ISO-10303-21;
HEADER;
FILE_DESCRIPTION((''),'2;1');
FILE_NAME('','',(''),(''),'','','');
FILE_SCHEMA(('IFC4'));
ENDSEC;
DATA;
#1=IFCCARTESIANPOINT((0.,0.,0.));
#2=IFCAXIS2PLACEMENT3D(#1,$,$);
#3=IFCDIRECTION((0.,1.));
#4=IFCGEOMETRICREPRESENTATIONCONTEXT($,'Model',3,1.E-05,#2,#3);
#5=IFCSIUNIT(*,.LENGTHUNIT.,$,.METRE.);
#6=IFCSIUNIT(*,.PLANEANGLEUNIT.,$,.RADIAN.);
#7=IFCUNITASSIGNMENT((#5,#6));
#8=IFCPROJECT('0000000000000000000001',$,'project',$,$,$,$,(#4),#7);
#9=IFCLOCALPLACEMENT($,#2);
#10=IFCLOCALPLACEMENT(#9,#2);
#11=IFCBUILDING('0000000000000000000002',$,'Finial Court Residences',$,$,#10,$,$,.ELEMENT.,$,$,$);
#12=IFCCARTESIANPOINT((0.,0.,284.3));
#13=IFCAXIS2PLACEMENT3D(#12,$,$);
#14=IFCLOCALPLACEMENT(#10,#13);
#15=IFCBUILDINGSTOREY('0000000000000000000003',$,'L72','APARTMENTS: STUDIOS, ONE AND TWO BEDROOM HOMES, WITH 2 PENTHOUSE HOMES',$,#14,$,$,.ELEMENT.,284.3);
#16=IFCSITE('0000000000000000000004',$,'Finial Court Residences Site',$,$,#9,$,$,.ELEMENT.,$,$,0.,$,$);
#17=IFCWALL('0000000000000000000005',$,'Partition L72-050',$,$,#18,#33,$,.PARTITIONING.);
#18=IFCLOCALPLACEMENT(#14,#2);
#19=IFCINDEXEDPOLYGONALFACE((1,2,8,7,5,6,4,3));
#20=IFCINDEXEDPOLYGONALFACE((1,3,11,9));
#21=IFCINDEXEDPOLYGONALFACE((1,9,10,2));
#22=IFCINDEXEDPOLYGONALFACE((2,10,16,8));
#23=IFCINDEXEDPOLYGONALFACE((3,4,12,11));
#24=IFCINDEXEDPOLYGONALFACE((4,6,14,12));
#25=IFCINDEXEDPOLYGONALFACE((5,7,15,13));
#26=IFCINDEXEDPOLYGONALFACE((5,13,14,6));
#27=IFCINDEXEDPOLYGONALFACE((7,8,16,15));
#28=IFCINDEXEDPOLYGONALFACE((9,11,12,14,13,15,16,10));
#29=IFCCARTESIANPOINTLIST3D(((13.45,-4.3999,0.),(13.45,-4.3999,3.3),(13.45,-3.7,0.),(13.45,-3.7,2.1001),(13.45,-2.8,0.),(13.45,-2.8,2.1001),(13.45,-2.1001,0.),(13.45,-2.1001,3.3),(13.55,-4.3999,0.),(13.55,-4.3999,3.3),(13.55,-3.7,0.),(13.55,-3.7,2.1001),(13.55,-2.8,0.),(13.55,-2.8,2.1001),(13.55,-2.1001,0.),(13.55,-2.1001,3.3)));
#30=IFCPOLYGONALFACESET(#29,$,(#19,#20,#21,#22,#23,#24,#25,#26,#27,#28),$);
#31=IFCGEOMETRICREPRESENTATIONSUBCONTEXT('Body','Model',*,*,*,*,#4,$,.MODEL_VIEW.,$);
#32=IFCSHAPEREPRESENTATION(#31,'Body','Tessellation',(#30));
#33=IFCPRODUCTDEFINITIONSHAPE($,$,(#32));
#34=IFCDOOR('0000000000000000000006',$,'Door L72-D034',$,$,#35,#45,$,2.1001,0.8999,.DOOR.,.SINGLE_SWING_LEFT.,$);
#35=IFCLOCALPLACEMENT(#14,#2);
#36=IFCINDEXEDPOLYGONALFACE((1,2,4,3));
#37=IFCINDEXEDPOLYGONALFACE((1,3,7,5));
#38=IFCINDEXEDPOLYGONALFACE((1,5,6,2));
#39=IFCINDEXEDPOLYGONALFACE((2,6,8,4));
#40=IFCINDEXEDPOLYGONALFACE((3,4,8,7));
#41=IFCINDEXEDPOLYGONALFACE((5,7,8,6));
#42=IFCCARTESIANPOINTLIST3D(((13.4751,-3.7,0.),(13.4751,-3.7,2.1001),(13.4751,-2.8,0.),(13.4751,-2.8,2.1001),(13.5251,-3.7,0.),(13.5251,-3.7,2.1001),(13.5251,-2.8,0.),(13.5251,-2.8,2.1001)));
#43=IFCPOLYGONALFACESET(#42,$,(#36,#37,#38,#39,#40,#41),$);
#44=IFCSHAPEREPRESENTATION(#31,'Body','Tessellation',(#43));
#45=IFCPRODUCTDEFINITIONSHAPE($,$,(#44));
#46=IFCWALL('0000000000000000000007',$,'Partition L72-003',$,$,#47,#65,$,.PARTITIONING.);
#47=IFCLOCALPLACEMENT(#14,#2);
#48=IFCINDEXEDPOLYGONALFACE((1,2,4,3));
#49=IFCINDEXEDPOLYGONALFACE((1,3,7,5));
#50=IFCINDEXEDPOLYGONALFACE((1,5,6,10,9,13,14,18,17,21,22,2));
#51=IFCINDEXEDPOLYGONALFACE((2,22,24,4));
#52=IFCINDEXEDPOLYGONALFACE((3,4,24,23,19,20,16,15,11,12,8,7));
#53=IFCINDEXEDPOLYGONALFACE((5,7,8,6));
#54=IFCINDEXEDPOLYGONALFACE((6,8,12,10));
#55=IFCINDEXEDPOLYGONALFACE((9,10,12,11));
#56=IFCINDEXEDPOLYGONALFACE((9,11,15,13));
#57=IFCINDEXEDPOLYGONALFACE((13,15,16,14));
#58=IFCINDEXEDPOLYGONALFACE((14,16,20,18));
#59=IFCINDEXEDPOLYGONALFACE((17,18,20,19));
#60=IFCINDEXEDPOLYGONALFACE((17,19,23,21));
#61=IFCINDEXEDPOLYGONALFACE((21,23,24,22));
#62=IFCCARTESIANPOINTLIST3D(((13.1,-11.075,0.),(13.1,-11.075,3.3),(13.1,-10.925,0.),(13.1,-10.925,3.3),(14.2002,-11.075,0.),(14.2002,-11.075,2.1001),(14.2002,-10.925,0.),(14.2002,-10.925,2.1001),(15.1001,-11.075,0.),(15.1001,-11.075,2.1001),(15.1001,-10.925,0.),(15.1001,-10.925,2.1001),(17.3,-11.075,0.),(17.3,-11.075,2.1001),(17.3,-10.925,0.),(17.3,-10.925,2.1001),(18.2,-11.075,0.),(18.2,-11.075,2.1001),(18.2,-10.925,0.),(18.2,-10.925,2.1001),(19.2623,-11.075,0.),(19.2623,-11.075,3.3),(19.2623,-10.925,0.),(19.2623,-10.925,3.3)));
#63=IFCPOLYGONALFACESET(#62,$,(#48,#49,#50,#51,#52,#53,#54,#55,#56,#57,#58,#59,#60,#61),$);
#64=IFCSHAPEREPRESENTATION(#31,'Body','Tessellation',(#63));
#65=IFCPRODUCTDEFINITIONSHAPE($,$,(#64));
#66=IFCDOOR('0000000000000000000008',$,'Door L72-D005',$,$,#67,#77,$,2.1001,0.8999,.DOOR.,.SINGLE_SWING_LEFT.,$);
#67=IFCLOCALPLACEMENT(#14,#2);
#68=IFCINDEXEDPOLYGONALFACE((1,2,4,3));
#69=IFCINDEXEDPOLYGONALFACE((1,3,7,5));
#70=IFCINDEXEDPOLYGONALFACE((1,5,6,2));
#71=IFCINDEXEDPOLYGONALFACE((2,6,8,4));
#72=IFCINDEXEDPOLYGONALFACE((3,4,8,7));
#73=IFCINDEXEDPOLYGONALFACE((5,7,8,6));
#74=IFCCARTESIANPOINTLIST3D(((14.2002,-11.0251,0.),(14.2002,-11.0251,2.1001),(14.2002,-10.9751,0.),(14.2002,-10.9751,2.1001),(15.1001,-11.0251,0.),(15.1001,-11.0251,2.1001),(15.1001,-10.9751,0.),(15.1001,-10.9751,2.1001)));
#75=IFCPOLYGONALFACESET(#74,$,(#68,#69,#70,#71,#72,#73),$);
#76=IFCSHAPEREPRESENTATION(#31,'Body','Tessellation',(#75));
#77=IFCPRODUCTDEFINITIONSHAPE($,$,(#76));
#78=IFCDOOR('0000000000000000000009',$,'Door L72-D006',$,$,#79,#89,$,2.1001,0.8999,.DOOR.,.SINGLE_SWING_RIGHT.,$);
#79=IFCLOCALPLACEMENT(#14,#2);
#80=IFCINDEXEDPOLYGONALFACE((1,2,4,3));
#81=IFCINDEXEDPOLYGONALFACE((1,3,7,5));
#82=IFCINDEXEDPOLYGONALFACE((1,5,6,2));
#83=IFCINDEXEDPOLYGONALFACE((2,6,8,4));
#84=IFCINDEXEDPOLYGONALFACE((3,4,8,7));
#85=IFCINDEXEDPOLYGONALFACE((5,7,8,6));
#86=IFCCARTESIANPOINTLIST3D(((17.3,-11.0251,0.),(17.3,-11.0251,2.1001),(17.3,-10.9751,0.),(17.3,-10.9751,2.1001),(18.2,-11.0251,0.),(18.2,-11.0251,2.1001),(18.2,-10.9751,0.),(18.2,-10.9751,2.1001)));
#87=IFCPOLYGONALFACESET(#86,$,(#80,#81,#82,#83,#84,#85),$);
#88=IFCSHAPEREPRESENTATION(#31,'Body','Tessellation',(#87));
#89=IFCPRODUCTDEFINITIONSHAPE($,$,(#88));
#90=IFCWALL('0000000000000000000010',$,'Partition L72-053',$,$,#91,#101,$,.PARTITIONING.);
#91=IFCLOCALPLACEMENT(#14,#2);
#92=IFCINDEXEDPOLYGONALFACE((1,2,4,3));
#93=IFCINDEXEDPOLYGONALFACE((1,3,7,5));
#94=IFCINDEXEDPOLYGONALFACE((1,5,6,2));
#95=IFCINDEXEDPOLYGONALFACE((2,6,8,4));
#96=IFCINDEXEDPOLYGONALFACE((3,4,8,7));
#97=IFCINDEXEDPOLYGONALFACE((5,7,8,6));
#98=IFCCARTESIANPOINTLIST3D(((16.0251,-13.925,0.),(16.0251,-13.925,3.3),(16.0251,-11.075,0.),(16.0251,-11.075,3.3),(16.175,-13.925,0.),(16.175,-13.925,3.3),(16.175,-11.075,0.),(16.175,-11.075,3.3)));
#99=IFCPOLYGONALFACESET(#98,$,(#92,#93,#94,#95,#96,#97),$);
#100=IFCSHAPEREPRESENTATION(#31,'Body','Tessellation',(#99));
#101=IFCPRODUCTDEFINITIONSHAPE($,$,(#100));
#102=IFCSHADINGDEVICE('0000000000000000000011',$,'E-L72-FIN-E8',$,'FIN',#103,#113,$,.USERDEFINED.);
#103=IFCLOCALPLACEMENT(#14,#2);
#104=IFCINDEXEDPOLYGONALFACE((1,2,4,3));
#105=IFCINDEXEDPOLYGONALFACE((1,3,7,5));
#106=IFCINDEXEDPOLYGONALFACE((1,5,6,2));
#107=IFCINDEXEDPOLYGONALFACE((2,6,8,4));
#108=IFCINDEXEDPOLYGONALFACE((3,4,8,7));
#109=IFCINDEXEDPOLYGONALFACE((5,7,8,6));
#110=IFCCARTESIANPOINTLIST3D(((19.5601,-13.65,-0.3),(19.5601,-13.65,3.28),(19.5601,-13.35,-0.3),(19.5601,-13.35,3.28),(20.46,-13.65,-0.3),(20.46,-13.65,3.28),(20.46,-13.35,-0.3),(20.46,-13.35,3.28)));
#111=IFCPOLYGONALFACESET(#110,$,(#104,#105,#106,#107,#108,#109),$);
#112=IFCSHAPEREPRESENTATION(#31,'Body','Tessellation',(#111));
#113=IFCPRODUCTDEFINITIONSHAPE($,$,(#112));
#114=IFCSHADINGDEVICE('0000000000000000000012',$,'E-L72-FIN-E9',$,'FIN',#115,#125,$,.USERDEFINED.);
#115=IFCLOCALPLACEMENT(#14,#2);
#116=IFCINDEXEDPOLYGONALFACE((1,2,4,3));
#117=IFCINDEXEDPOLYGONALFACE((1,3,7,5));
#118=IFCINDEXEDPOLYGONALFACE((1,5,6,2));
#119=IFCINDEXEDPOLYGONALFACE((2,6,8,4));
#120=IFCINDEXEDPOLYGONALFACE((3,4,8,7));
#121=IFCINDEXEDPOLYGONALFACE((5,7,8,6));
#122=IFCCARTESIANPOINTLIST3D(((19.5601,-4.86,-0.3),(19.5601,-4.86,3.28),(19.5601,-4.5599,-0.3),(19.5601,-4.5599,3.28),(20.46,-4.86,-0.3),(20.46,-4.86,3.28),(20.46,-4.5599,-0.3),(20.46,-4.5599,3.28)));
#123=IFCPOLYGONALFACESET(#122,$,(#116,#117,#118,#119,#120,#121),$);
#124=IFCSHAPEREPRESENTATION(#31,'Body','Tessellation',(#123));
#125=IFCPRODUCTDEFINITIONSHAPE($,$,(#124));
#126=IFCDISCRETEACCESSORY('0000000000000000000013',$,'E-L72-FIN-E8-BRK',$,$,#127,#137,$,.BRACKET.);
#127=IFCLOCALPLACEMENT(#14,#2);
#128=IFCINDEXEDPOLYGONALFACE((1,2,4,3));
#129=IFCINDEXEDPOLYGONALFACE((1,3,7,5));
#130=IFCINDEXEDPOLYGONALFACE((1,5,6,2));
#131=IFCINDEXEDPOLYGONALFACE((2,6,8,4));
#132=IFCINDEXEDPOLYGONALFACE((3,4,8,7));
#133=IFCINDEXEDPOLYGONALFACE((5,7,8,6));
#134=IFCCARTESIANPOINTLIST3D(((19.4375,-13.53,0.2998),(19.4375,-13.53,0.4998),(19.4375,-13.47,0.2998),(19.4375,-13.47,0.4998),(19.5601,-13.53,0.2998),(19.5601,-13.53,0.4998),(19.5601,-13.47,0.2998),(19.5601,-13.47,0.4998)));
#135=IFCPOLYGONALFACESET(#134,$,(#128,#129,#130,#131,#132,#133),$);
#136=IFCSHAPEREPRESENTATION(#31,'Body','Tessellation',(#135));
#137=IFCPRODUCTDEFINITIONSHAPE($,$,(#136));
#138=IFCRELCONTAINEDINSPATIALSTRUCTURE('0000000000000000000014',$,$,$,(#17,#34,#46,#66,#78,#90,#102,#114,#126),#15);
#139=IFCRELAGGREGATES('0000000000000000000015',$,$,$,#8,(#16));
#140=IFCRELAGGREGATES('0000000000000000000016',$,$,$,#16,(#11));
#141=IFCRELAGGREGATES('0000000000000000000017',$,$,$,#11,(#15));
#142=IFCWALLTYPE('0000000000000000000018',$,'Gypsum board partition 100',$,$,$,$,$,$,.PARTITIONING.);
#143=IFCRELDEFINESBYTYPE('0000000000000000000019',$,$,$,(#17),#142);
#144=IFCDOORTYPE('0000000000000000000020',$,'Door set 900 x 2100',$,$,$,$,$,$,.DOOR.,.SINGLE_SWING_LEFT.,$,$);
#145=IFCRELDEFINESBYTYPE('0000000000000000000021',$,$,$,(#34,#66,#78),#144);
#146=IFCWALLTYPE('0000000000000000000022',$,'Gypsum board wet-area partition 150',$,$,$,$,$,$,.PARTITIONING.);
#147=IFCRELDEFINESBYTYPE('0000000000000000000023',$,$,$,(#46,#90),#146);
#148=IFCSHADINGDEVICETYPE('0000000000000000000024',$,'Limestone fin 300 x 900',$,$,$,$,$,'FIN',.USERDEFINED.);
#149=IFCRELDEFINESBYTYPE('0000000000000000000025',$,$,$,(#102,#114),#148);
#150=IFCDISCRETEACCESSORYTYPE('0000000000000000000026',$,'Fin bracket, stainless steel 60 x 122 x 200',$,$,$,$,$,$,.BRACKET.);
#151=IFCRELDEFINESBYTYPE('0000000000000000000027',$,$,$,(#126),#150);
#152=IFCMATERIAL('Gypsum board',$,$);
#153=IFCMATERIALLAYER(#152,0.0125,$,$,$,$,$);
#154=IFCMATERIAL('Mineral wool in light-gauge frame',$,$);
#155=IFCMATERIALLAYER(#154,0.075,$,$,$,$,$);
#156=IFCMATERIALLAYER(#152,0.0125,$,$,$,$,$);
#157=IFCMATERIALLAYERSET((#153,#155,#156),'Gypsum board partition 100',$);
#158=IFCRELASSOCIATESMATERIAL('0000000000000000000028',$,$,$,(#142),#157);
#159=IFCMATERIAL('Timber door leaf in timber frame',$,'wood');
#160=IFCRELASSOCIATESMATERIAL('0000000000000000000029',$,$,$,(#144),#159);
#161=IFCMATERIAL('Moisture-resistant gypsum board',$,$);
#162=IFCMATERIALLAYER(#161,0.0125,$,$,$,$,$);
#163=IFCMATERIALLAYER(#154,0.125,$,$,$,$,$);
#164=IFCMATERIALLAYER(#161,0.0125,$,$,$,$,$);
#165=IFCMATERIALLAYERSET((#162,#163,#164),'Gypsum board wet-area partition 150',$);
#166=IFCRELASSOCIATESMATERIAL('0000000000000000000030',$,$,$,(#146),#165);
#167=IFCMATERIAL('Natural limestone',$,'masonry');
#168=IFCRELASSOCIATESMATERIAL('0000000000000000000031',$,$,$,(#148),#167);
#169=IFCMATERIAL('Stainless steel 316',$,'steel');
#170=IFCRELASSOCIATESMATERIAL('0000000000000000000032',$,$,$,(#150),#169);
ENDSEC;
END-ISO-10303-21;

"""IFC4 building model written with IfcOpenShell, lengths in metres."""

from ifc_helpers import new_model, si_unit, direction, frame, frame_2d, origin, origin_2d, place, context, subcontext, project, spatial, rectangle, extrude, material, layer, layer_set, type_object, element, fill, save


model = new_model("IFC4")

# Units and contexts
model_context = context("Model", 3, precision=1e-05, world=origin(), true_north=direction((0.0, 1.0)))
body_context = subcontext(model_context, "Body", "Model", "MODEL_VIEW")
ifc_project = project(units=[si_unit("LENGTHUNIT", "METRE"), si_unit("PLANEANGLEUNIT", "RADIAN")], contexts=[model_context])

# Site, building, storey
site_placement = place(None, origin())
site = spatial("IfcSite", under=ifc_project, at=site_placement, Name="Finial Court Residences Site", CompositionType="ELEMENT", RefElevation=0.0)
building_placement = place(site_placement, origin())
building = spatial("IfcBuilding", under=site, at=building_placement, Name="Finial Court Residences", CompositionType="ELEMENT")
storey_placement = place(building_placement, frame((0.0, 0.0, 284.3)))
storey = spatial("IfcBuildingStorey", under=building, at=storey_placement, Name="L72", Description="APARTMENTS: STUDIOS, ONE AND TWO BEDROOM HOMES, WITH 2 PENTHOUSE HOMES", CompositionType="ELEMENT", Elevation=284.3)

# Wall, opening, door
ifc_material_1 = material(Name="Gypsum board")
ifc_layer_1 = layer(ifc_material_1, 0.0125)
ifc_material_2 = material(Name="Mineral wool in light-gauge frame")
ifc_layer_2 = layer(ifc_material_2, 0.075)
ifc_layer_3 = layer(ifc_material_1, 0.0125)
ifc_layer_set_1 = layer_set([ifc_layer_1, ifc_layer_2, ifc_layer_3], Name="Gypsum board partition 100")
wall_type_1 = type_object("IfcWallType", Name="Gypsum board partition 100", PredefinedType="PARTITIONING", material=ifc_layer_set_1)
wall_1_placement = place(storey_placement, frame((13.5, -4.3999, 0.0), z_axis=(0.0, 0.0, 1.0), x_axis=(0.0, 1.0, 0.0)))
wall_1 = element("IfcWall", 1, at=wall_1_placement, inside=storey, type_object=wall_type_1, Name="Partition L72-050", PredefinedType="PARTITIONING", context=body_context, shape_type="SweptSolid", body=[
    extrude(rectangle(XDim=2.2998, YDim=0.1001, at=frame_2d((1.1499, 0.0))), origin(), (0.0, 0.0, 1.0), 3.3),
])
opening_1_placement = place(wall_1_placement, frame((0.7, 0.0, 0.0)))
opening_1 = element("IfcOpeningElement", 2, at=opening_1_placement, cuts=wall_1, PredefinedType="OPENING", context=body_context, shape_type="SweptSolid", body=[
    extrude(rectangle(XDim=0.8999, YDim=2.1001, at=frame_2d((0.45, 1.05))), frame((0.0, 0.0601, 0.0), z_axis=(0.0, -1.0, 0.0), x_axis=(1.0, 0.0, 0.0)), (0.0, 0.0, 1.0), 0.1201),
])
ifc_material_3 = material(Name="Timber door leaf in timber frame", Category="wood")
door_type_1 = type_object("IfcDoorType", Name="Door set 900 x 2100", OperationType="SINGLE_SWING_LEFT", PredefinedType="DOOR", material=ifc_material_3)
door_1_placement = place(opening_1_placement, origin())
door_1 = element("IfcDoor", 3, at=door_1_placement, inside=storey, type_object=door_type_1, Name="Door L72-D034", OperationType="SINGLE_SWING_LEFT", OverallHeight=2.1001, OverallWidth=0.8999, PredefinedType="DOOR", context=body_context, shape_type="SweptSolid", body=[
    extrude(rectangle(XDim=0.8999, YDim=2.1001, at=frame_2d((0.45, 1.05))), frame((0.0, 0.0249, 0.0), z_axis=(0.0, -1.0, 0.0), x_axis=(1.0, 0.0, 0.0)), (0.0, 0.0, 1.0), 0.05),
])
fill(opening_1, door_1)

# Wall, openings, doors
ifc_material_4 = material(Name="Moisture-resistant gypsum board")
ifc_layer_4 = layer(ifc_material_4, 0.0125)
ifc_layer_5 = layer(ifc_material_2, 0.125)
ifc_layer_6 = layer(ifc_material_4, 0.0125)
ifc_layer_set_2 = layer_set([ifc_layer_4, ifc_layer_5, ifc_layer_6], Name="Gypsum board wet-area partition 150")
wall_type_2 = type_object("IfcWallType", Name="Gypsum board wet-area partition 150", PredefinedType="PARTITIONING", material=ifc_layer_set_2)
wall_2_placement = place(storey_placement, frame((13.1001, -11.0, 0.0), z_axis=(0.0, 0.0, 1.0), x_axis=(1.0, 0.0, 0.0)))
wall_2 = element("IfcWall", 4, at=wall_2_placement, inside=storey, type_object=wall_type_2, Name="Partition L72-003", PredefinedType="PARTITIONING", context=body_context, shape_type="SweptSolid", body=[
    extrude(rectangle(XDim=6.1624, YDim=0.1499, at=frame_2d((3.0811, 0.0))), origin(), (0.0, 0.0, 1.0), 3.3),
])
opening_2_placement = place(wall_2_placement, frame((1.1001, 0.0, 0.0)))
opening_2 = element("IfcOpeningElement", 5, at=opening_2_placement, cuts=wall_2, PredefinedType="OPENING", context=body_context, shape_type="SweptSolid", body=[
    extrude(rectangle(XDim=0.8999, YDim=2.1001, at=frame_2d((0.45, 1.05))), frame((0.0, 0.085, 0.0), z_axis=(0.0, -1.0, 0.0), x_axis=(1.0, 0.0, 0.0)), (0.0, 0.0, 1.0), 0.1699),
])
opening_3_placement = place(wall_2_placement, frame((4.2, 0.0, 0.0)))
opening_3 = element("IfcOpeningElement", 6, at=opening_3_placement, cuts=wall_2, PredefinedType="OPENING", context=body_context, shape_type="SweptSolid", body=[
    extrude(rectangle(XDim=0.8999, YDim=2.1001, at=frame_2d((0.45, 1.05))), frame((0.0, 0.085, 0.0), z_axis=(0.0, -1.0, 0.0), x_axis=(1.0, 0.0, 0.0)), (0.0, 0.0, 1.0), 0.1699),
])
door_2_placement = place(opening_2_placement, origin())
door_2 = element("IfcDoor", 7, at=door_2_placement, inside=storey, type_object=door_type_1, Name="Door L72-D005", OperationType="SINGLE_SWING_LEFT", OverallHeight=2.1001, OverallWidth=0.8999, PredefinedType="DOOR", context=body_context, shape_type="SweptSolid", body=[
    extrude(rectangle(XDim=0.8999, YDim=2.1001, at=frame_2d((0.45, 1.05))), frame((0.0, 0.0249, 0.0), z_axis=(0.0, -1.0, 0.0), x_axis=(1.0, 0.0, 0.0)), (0.0, 0.0, 1.0), 0.05),
])
fill(opening_2, door_2)
door_3_placement = place(opening_3_placement, origin())
door_3 = element("IfcDoor", 8, at=door_3_placement, inside=storey, type_object=door_type_1, Name="Door L72-D006", OperationType="SINGLE_SWING_RIGHT", OverallHeight=2.1001, OverallWidth=0.8999, PredefinedType="DOOR", context=body_context, shape_type="SweptSolid", body=[
    extrude(rectangle(XDim=0.8999, YDim=2.1001, at=frame_2d((0.45, 1.05))), frame((0.0, 0.0249, 0.0), z_axis=(0.0, -1.0, 0.0), x_axis=(1.0, 0.0, 0.0)), (0.0, 0.0, 1.0), 0.05),
])
fill(opening_3, door_3)

# Wall
wall_3_placement = place(storey_placement, frame((16.1001, -13.925, 0.0), z_axis=(0.0, 0.0, 1.0), x_axis=(0.0, 1.0, 0.0)))
element("IfcWall", 9, at=wall_3_placement, inside=storey, type_object=wall_type_2, Name="Partition L72-053", PredefinedType="PARTITIONING", context=body_context, shape_type="SweptSolid", body=[
    extrude(rectangle(XDim=2.8501, YDim=0.1499, at=frame_2d((1.425, 0.0))), origin(), (0.0, 0.0, 1.0), 3.3),
])

# Shading devices
ifc_material_5 = material(Name="Natural limestone", Category="masonry")
shading_device_type = type_object("IfcShadingDeviceType", Name="Limestone fin 300 x 900", ElementType="FIN", PredefinedType="USERDEFINED", material=ifc_material_5)
for number, where, z_axis, x_axis, name in (
    (10, (20.01, -13.5, -0.3), (0.0, 0.0, 1.0), (1.0, 0.0, 0.0), "E-L72-FIN-E8"),
    (11, (20.01, -4.71, -0.3), (0.0, 0.0, 1.0), (1.0, 0.0, 0.0), "E-L72-FIN-E9"),
):
    element("IfcShadingDevice", number, at=place(storey_placement, frame(where, z_axis=z_axis, x_axis=x_axis)), inside=storey, type_object=shading_device_type, Name=name, ObjectType="FIN", PredefinedType="USERDEFINED", context=body_context, shape_type="SweptSolid", body=[
        extrude(rectangle(XDim=0.8999, YDim=0.3, at=origin_2d()), origin(), (0.0, 0.0, 1.0), 3.5801),
    ])

# Discrete accessory
ifc_material_6 = material(Name="Stainless steel 316", Category="steel")
discrete_accessory_type = type_object("IfcDiscreteAccessoryType", Name="Fin bracket, stainless steel 60 x 122 x 200", PredefinedType="BRACKET", material=ifc_material_6)
discrete_accessory_placement = place(storey_placement, frame((19.4988, -13.5, 0.2998), z_axis=(0.0, 0.0, 1.0), x_axis=(1.0, 0.0, 0.0)))
element("IfcDiscreteAccessory", 12, at=discrete_accessory_placement, inside=storey, type_object=discrete_accessory_type, Name="E-L72-FIN-E8-BRK", PredefinedType="BRACKET", context=body_context, shape_type="SweptSolid", body=[
    extrude(rectangle(XDim=0.1226, YDim=0.0601, at=origin_2d()), origin(), (0.0, 0.0, 1.0), 0.2),
])

save(model, "model.ifc")
